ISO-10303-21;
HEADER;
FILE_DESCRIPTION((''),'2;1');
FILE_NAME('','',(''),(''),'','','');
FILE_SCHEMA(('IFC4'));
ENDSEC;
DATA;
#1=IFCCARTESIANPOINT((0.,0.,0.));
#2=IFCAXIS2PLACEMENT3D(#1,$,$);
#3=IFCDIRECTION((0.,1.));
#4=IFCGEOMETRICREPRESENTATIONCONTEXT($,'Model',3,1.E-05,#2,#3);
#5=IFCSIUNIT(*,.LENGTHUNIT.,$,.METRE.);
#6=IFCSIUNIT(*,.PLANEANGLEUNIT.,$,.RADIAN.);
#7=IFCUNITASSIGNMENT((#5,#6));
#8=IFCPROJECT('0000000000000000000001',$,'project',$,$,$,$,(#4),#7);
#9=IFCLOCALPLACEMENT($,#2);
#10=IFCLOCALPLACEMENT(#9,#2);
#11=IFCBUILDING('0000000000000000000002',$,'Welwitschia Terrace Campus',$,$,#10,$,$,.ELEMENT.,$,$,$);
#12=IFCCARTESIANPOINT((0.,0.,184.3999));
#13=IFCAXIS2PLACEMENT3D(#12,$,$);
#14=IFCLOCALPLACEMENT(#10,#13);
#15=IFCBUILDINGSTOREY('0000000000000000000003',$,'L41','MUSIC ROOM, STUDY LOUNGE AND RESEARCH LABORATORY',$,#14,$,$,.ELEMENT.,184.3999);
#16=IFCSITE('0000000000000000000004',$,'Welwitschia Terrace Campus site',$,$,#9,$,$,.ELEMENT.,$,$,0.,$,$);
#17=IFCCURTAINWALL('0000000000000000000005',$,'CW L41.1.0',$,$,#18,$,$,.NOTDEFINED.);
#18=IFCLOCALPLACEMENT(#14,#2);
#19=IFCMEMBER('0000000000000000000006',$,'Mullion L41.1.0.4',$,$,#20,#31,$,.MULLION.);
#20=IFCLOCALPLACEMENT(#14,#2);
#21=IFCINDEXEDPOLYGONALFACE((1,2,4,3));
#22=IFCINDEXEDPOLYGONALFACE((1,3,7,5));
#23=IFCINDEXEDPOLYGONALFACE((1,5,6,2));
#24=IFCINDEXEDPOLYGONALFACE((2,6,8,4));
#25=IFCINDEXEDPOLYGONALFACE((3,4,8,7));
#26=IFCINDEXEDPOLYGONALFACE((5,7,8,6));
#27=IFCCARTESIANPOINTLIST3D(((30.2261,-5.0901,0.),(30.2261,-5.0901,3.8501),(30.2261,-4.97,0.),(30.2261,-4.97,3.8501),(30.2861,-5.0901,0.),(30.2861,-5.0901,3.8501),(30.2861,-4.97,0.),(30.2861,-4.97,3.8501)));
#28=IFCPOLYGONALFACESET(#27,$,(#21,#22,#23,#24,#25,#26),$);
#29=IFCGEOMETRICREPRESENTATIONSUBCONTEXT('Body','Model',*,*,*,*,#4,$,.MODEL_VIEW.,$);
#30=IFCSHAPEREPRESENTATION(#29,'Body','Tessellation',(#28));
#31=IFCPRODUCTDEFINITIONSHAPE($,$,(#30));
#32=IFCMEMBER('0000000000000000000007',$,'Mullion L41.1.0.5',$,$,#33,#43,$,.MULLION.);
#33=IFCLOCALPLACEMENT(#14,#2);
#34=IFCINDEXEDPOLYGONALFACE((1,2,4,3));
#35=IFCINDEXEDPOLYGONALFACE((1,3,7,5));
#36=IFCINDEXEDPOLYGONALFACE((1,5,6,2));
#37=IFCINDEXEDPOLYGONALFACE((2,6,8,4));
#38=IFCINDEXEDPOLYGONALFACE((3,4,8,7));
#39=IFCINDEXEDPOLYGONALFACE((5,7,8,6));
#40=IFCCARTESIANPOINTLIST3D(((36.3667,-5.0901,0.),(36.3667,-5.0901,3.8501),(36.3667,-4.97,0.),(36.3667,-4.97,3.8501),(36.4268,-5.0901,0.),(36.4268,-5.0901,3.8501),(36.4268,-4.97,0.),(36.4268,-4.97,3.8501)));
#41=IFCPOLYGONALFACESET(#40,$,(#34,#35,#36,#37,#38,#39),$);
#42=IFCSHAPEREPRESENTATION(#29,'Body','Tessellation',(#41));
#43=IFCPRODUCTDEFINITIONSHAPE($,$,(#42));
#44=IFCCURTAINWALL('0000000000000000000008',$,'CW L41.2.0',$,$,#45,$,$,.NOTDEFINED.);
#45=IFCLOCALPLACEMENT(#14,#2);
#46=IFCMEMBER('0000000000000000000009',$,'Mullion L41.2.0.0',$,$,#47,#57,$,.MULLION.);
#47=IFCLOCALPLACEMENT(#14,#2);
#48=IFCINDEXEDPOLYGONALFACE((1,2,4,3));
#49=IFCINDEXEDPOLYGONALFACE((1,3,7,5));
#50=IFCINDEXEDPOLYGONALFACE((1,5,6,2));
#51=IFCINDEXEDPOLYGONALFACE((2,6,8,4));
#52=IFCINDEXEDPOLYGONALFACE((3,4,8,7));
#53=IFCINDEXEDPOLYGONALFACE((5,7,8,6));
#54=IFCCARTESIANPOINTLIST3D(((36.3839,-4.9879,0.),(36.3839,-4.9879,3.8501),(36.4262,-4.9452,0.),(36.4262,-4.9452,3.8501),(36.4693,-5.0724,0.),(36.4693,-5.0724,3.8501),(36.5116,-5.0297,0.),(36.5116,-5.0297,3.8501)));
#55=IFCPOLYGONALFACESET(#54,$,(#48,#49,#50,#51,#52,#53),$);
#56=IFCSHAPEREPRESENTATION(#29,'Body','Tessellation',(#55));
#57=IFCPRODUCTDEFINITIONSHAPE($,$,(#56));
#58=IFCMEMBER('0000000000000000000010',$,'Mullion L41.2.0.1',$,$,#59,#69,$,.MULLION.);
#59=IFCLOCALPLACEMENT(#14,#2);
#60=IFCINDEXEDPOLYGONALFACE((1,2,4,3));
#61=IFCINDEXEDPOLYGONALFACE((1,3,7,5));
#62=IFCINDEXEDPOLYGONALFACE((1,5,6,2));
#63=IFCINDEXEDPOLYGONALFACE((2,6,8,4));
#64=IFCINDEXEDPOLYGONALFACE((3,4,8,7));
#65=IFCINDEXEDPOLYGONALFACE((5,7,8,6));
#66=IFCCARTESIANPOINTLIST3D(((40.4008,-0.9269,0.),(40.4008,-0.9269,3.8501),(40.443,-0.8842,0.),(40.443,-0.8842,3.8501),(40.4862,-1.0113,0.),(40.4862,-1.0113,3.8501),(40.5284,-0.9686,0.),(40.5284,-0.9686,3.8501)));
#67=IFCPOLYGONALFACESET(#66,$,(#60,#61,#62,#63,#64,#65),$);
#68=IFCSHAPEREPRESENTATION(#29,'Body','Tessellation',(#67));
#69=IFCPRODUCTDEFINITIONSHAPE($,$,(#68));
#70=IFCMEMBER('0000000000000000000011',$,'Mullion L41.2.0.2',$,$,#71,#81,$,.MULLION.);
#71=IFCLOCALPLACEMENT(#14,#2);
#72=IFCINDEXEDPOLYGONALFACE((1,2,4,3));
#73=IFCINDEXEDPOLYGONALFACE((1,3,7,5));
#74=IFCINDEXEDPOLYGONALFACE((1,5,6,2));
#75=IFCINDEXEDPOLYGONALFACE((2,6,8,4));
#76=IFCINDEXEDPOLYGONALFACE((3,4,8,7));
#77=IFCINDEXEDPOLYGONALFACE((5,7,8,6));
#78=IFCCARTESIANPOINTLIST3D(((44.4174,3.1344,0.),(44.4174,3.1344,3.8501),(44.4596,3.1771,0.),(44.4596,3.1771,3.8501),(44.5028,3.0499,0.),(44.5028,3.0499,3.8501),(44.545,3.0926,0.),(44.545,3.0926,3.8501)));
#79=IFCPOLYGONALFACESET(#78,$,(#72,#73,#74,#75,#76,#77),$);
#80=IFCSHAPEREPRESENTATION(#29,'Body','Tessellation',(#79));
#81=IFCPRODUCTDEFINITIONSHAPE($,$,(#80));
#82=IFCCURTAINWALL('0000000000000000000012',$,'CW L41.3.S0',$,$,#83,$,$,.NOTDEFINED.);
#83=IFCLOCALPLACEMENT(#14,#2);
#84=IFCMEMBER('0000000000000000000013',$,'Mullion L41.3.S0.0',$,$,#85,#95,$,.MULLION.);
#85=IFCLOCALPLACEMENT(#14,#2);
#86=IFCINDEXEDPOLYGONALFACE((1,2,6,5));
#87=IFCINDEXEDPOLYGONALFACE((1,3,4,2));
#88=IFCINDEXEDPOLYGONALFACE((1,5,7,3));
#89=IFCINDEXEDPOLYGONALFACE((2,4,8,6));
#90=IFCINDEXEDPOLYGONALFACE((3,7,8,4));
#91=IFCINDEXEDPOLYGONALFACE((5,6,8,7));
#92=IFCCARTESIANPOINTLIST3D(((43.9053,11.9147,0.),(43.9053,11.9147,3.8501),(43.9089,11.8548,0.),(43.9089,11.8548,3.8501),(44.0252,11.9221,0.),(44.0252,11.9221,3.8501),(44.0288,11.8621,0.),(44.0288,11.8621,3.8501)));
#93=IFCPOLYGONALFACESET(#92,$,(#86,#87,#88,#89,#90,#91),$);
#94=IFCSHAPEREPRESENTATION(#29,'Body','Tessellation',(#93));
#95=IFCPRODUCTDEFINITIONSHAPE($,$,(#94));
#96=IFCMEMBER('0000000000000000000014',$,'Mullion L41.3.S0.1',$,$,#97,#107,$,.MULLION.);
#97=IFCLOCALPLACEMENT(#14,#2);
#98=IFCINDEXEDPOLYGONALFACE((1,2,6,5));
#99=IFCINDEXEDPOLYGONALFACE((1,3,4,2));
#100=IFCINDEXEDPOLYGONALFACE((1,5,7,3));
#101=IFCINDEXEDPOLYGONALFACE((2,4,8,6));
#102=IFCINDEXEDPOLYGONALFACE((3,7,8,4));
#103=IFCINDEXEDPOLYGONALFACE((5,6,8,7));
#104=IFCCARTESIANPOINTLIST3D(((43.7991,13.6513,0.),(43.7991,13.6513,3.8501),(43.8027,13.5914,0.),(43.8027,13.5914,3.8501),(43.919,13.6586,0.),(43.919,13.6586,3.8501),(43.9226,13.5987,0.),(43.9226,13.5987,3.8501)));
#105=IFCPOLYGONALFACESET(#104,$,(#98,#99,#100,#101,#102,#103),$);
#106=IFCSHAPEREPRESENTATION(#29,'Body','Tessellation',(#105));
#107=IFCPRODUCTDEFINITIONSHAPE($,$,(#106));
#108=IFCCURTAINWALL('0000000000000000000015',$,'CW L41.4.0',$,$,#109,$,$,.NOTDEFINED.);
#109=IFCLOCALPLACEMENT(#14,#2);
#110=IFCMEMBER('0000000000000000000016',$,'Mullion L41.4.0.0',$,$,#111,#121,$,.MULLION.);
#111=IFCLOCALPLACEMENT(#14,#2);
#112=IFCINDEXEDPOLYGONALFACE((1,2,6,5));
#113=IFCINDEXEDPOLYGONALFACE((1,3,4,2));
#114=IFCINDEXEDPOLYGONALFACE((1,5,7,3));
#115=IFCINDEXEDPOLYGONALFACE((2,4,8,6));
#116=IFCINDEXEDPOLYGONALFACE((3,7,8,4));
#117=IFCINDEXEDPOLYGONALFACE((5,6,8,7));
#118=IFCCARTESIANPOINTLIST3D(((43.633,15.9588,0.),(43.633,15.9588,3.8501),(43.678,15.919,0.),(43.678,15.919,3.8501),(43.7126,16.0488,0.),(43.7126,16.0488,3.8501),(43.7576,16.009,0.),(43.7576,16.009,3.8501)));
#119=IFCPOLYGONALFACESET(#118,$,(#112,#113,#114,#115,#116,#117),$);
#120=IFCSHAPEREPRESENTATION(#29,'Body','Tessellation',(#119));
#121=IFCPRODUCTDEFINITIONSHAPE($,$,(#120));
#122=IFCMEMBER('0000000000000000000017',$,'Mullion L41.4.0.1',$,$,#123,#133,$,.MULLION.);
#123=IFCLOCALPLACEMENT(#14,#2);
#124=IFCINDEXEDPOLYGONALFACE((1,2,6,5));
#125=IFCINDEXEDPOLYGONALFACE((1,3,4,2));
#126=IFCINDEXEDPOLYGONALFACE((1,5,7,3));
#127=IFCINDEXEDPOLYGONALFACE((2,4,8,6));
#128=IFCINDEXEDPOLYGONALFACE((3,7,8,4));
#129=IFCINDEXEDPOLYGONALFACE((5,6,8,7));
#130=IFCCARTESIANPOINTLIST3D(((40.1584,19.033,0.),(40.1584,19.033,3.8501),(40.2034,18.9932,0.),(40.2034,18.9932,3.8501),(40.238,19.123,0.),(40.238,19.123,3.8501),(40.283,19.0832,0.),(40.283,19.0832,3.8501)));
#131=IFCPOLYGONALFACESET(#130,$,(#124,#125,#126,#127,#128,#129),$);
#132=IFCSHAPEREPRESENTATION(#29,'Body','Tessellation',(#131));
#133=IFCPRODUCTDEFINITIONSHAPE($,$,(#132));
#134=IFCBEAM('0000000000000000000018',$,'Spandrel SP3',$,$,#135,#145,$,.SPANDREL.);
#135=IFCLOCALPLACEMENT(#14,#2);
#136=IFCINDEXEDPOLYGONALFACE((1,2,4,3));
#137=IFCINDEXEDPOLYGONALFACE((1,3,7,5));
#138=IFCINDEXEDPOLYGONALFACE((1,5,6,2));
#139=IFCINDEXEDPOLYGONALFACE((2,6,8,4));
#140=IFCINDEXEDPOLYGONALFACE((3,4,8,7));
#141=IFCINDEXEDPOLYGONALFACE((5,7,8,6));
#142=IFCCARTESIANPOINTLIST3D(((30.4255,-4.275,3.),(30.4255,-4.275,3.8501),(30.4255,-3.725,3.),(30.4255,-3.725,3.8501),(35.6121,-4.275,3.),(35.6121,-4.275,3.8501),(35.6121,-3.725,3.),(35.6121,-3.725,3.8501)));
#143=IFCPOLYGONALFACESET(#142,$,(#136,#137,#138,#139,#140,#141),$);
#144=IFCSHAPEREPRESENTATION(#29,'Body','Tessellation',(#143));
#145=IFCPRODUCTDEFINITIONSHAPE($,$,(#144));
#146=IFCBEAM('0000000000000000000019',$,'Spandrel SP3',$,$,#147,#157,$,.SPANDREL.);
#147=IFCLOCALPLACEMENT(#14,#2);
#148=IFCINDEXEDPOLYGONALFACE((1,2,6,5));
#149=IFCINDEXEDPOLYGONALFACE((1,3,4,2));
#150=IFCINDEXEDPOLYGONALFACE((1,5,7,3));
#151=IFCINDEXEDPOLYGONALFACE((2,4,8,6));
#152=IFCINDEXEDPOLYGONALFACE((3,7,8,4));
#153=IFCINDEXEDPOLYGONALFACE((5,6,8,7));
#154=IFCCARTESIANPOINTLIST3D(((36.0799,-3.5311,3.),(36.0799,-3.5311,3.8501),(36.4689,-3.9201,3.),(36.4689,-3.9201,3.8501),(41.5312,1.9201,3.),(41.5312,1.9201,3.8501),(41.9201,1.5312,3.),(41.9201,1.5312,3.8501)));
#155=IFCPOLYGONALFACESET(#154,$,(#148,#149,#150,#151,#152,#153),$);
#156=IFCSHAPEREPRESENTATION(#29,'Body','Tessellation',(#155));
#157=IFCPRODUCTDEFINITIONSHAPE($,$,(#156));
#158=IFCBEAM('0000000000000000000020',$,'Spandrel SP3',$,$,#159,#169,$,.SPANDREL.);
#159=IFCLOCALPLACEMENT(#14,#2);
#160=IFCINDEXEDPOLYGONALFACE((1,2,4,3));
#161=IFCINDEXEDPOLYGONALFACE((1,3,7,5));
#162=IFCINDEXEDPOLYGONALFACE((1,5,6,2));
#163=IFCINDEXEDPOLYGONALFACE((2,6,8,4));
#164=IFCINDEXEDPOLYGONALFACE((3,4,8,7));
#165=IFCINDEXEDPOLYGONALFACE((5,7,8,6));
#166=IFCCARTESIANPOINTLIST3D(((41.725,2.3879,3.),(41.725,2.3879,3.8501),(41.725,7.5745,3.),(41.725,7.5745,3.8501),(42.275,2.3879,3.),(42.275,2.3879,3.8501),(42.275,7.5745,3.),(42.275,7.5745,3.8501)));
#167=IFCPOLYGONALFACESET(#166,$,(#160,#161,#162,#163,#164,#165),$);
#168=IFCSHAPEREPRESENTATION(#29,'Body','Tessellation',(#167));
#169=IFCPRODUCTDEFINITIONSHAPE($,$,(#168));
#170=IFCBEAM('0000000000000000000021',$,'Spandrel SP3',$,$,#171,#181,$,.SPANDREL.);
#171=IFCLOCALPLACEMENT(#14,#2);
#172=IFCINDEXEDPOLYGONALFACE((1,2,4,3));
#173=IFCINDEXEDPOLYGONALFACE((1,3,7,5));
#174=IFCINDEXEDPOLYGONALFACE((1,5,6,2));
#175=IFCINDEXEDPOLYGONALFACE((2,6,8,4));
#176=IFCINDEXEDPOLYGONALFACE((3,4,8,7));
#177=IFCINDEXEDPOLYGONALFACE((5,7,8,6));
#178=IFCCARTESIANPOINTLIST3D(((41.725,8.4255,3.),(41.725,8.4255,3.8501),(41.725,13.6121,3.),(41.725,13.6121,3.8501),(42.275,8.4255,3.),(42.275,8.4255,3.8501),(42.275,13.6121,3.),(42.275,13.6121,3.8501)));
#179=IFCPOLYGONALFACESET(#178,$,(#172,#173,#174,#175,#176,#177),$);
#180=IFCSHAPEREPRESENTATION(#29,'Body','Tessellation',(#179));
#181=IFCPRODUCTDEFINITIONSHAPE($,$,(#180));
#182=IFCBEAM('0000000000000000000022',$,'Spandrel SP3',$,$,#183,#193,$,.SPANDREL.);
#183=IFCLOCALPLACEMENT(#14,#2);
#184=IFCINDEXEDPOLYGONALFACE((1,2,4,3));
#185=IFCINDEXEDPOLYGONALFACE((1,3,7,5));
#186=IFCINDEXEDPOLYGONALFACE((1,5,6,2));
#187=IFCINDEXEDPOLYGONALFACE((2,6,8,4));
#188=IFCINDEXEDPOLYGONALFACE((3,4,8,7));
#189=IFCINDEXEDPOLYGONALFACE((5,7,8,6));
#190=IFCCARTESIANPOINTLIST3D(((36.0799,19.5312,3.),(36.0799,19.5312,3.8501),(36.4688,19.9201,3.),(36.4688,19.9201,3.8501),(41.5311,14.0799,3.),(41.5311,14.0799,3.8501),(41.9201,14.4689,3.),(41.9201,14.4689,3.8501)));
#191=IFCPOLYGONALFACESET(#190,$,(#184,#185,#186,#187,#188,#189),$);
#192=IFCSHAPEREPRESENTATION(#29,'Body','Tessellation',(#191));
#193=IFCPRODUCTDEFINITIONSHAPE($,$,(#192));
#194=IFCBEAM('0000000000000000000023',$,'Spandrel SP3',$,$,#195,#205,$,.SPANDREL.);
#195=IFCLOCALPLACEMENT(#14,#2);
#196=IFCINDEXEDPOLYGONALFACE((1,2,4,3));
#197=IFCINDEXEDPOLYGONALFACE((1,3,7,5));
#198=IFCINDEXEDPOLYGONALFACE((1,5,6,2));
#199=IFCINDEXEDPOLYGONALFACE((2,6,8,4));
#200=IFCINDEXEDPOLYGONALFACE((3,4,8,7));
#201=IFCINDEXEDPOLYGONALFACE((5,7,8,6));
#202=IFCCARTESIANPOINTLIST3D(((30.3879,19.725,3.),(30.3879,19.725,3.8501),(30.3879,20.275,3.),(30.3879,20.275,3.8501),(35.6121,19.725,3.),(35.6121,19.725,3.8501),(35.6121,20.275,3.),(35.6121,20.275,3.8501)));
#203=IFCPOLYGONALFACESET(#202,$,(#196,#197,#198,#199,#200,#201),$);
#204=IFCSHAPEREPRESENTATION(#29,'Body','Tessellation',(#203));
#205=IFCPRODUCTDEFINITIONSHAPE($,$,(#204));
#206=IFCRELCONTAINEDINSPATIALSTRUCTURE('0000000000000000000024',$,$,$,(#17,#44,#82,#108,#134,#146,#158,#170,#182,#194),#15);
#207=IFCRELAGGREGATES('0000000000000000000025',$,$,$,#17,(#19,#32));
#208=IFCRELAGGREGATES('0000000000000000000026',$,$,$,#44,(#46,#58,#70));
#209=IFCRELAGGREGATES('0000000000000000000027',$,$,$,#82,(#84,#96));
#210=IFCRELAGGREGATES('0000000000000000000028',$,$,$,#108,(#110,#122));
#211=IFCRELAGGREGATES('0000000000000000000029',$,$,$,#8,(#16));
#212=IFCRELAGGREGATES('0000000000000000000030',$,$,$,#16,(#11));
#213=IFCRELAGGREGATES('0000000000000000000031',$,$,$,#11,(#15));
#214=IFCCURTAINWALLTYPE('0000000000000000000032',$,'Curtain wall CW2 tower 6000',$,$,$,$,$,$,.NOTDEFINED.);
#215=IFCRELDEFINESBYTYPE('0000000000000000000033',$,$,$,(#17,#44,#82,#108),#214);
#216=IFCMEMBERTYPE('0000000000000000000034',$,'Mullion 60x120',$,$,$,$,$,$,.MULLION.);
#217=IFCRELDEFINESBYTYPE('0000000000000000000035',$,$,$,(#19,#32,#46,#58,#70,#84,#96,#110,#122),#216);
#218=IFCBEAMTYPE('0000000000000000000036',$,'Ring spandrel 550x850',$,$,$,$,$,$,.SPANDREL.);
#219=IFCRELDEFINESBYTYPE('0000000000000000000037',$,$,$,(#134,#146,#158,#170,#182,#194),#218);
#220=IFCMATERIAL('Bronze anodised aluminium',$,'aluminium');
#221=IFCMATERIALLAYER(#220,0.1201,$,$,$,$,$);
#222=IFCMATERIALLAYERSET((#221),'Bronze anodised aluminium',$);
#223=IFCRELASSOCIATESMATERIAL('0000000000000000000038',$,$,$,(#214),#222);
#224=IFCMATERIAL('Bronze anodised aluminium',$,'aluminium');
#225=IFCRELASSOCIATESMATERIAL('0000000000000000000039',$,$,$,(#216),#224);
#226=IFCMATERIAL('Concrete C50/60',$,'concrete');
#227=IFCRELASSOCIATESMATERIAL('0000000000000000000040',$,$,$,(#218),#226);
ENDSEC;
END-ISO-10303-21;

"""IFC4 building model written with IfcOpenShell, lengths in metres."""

from ifc_helpers import new_model, si_unit, direction, frame, origin, origin_2d, place, context, subcontext, project, spatial, rectangle, extrude, material, layer, layer_set, material_profile, profile_set, type_object, element, aggregate, save


model = new_model("IFC4")

# Units and contexts
model_context = context("Model", 3, precision=1e-05, world=origin(), true_north=direction((0.0, 1.0)))
body_context = subcontext(model_context, "Body", "Model", "MODEL_VIEW")
ifc_project = project(units=[si_unit("LENGTHUNIT", "METRE"), si_unit("PLANEANGLEUNIT", "RADIAN")], contexts=[model_context])

# Site, building, storey
site_placement = place(None, origin())
site = spatial("IfcSite", under=ifc_project, at=site_placement, Name="Welwitschia Terrace Campus site", CompositionType="ELEMENT", RefElevation=0.0)
building_placement = place(site_placement, origin())
building = spatial("IfcBuilding", under=site, at=building_placement, Name="Welwitschia Terrace Campus", CompositionType="ELEMENT")
storey_placement = place(building_placement, frame((0.0, 0.0, 184.3999)))
storey = spatial("IfcBuildingStorey", under=building, at=storey_placement, Name="L41", Description="MUSIC ROOM, STUDY LOUNGE AND RESEARCH LABORATORY", CompositionType="ELEMENT", Elevation=184.3999)

# Curtain walls, members
ifc_material_1 = material(Name="Bronze anodised aluminium", Category="aluminium")
ifc_layer_1 = layer(ifc_material_1, 0.1201)
ifc_layer_set_1 = layer_set([ifc_layer_1], Name="Bronze anodised aluminium")
curtain_wall_type = type_object("IfcCurtainWallType", Name="Curtain wall CW2 tower 6000", PredefinedType="NOTDEFINED", material=ifc_layer_set_1)
curtain_wall_1_placement = place(storey_placement, origin())
curtain_wall_1 = element("IfcCurtainWall", 1, at=curtain_wall_1_placement, inside=storey, type_object=curtain_wall_type, Name="CW L41.1.0", PredefinedType="NOTDEFINED")
ifc_material_2 = material(Name="Bronze anodised aluminium", Category="aluminium")
ifc_material_profile_1 = material_profile(ifc_material_2, rectangle(XDim=0.1201, YDim=0.0601, at=origin_2d()))
ifc_profile_set_1 = profile_set([ifc_material_profile_1], Name="Bronze anodised aluminium")
member_type_1 = type_object("IfcMemberType", Name="Mullion 60x120", PredefinedType="MULLION", material=ifc_profile_set_1)
member_1_placement = place(storey_placement, frame((30.2561, -5.03, 0.0), z_axis=(0.0, 0.0, 1.0), x_axis=(0.0, 1.0, 0.0)))
member_1 = element("IfcMember", 2, at=member_1_placement, type_object=member_type_1, Name="Mullion L41.1.0.4", PredefinedType="MULLION", context=body_context, shape_type="SweptSolid", body=[
    extrude(rectangle(XDim=0.1201, YDim=0.0601, at=origin_2d()), origin(), (0.0, 0.0, 1.0), 3.8501),
])
member_2_placement = place(storey_placement, frame((36.3967, -5.03, 0.0), z_axis=(0.0, 0.0, 1.0), x_axis=(0.0, 1.0, 0.0)))
member_2 = element("IfcMember", 3, at=member_2_placement, type_object=member_type_1, Name="Mullion L41.1.0.5", PredefinedType="MULLION", context=body_context, shape_type="SweptSolid", body=[
    extrude(rectangle(XDim=0.1201, YDim=0.0601, at=origin_2d()), origin(), (0.0, 0.0, 1.0), 3.8501),
])
curtain_wall_2_placement = place(storey_placement, origin())
curtain_wall_2 = element("IfcCurtainWall", 4, at=curtain_wall_2_placement, inside=storey, type_object=curtain_wall_type, Name="CW L41.2.0", PredefinedType="NOTDEFINED")
member_3_placement = place(storey_placement, frame((36.4478, -5.0088, 0.0), z_axis=(0.0, 0.0, 1.0), x_axis=(-0.710972, 0.70322, 0.0)))
member_3 = element("IfcMember", 5, at=member_3_placement, type_object=member_type_1, Name="Mullion L41.2.0.0", PredefinedType="MULLION", context=body_context, shape_type="SweptSolid", body=[
    extrude(rectangle(XDim=0.1201, YDim=0.0601, at=origin_2d()), origin(), (0.0, 0.0, 1.0), 3.8501),
])
member_4_placement = place(storey_placement, frame((40.4646, -0.9478, 0.0), z_axis=(0.0, 0.0, 1.0), x_axis=(-0.710972, 0.70322, 0.0)))
member_4 = element("IfcMember", 6, at=member_4_placement, type_object=member_type_1, Name="Mullion L41.2.0.1", PredefinedType="MULLION", context=body_context, shape_type="SweptSolid", body=[
    extrude(rectangle(XDim=0.1201, YDim=0.0601, at=origin_2d()), origin(), (0.0, 0.0, 1.0), 3.8501),
])
member_5_placement = place(storey_placement, frame((44.4812, 3.1135, 0.0), z_axis=(0.0, 0.0, 1.0), x_axis=(-0.710972, 0.70322, 0.0)))
member_5 = element("IfcMember", 7, at=member_5_placement, type_object=member_type_1, Name="Mullion L41.2.0.2", PredefinedType="MULLION", context=body_context, shape_type="SweptSolid", body=[
    extrude(rectangle(XDim=0.1201, YDim=0.0601, at=origin_2d()), origin(), (0.0, 0.0, 1.0), 3.8501),
])
curtain_wall_3_placement = place(storey_placement, origin())
curtain_wall_3 = element("IfcCurtainWall", 8, at=curtain_wall_3_placement, inside=storey, type_object=curtain_wall_type, Name="CW L41.3.S0", PredefinedType="NOTDEFINED")
member_6_placement = place(storey_placement, frame((43.967, 11.8884, 0.0), z_axis=(0.0, 0.0, 1.0), x_axis=(-0.998135, -0.061049, 0.0)))
member_6 = element("IfcMember", 9, at=member_6_placement, type_object=member_type_1, Name="Mullion L41.3.S0.0", PredefinedType="MULLION", context=body_context, shape_type="SweptSolid", body=[
    extrude(rectangle(XDim=0.1201, YDim=0.0601, at=origin_2d()), origin(), (0.0, 0.0, 1.0), 3.8501),
])
member_7_placement = place(storey_placement, frame((43.8608, 13.625, 0.0), z_axis=(0.0, 0.0, 1.0), x_axis=(-0.998135, -0.061049, 0.0)))
member_7 = element("IfcMember", 10, at=member_7_placement, type_object=member_type_1, Name="Mullion L41.3.S0.1", PredefinedType="MULLION", context=body_context, shape_type="SweptSolid", body=[
    extrude(rectangle(XDim=0.1201, YDim=0.0601, at=origin_2d()), origin(), (0.0, 0.0, 1.0), 3.8501),
])
curtain_wall_4_placement = place(storey_placement, origin())
curtain_wall_4 = element("IfcCurtainWall", 11, at=curtain_wall_4_placement, inside=storey, type_object=curtain_wall_type, Name="CW L41.4.0", PredefinedType="NOTDEFINED")
member_8_placement = place(storey_placement, frame((43.6953, 15.9839, 0.0), z_axis=(0.0, 0.0, 1.0), x_axis=(-0.66262, -0.748956, 0.0)))
member_8 = element("IfcMember", 12, at=member_8_placement, type_object=member_type_1, Name="Mullion L41.4.0.0", PredefinedType="MULLION", context=body_context, shape_type="SweptSolid", body=[
    extrude(rectangle(XDim=0.1201, YDim=0.0601, at=origin_2d()), origin(), (0.0, 0.0, 1.0), 3.8501),
])
member_9_placement = place(storey_placement, frame((40.2207, 19.0581, 0.0), z_axis=(0.0, 0.0, 1.0), x_axis=(-0.66262, -0.748956, 0.0)))
member_9 = element("IfcMember", 13, at=member_9_placement, type_object=member_type_1, Name="Mullion L41.4.0.1", PredefinedType="MULLION", context=body_context, shape_type="SweptSolid", body=[
    extrude(rectangle(XDim=0.1201, YDim=0.0601, at=origin_2d()), origin(), (0.0, 0.0, 1.0), 3.8501),
])

# Beams
ifc_material_3 = material(Name="Concrete C50/60", Category="concrete")
ifc_material_profile_2 = material_profile(ifc_material_3, rectangle(XDim=0.55, YDim=0.8501, at=origin_2d()))
ifc_profile_set_2 = profile_set([ifc_material_profile_2], Name="Concrete C50/60")
beam_type_1 = type_object("IfcBeamType", Name="Ring spandrel 550x850", PredefinedType="SPANDREL", material=ifc_profile_set_2)
beam_1_placement = place(storey_placement, frame((30.4255, -4.0, 3.425), z_axis=(1.0, 0.0, 0.0), x_axis=(0.0, 1.0, 0.0)))
element("IfcBeam", 14, at=beam_1_placement, inside=storey, type_object=beam_type_1, Name="Spandrel SP3", PredefinedType="SPANDREL", context=body_context, shape_type="SweptSolid", body=[
    extrude(rectangle(XDim=0.55, YDim=0.8501, at=origin_2d()), origin(), (0.0, 0.0, 1.0), 5.1865),
])
beam_2_placement = place(storey_placement, frame((36.2744, -3.7256, 3.425), z_axis=(0.707107, 0.707107, 0.0), x_axis=(-0.707107, 0.707107, 0.0)))
element("IfcBeam", 15, at=beam_2_placement, inside=storey, type_object=beam_type_1, Name="Spandrel SP3", PredefinedType="SPANDREL", context=body_context, shape_type="SweptSolid", body=[
    extrude(rectangle(XDim=0.55, YDim=0.8501, at=origin_2d()), origin(), (0.0, 0.0, 1.0), 7.7092),
])
for number, where, z_axis, x_axis, name in (
    (16, (42.0, 2.3879, 3.425), (0.0, 1.0, 0.0), (-1.0, 0.0, 0.0), "Spandrel SP3"),
    (17, (42.0, 8.4255, 3.425), (0.0, 1.0, 0.0), (-1.0, 0.0, 0.0), "Spandrel SP3"),
):
    element("IfcBeam", number, at=place(storey_placement, frame(where, z_axis=z_axis, x_axis=x_axis)), inside=storey, type_object=beam_type_1, Name=name, PredefinedType="SPANDREL", context=body_context, shape_type="SweptSolid", body=[
        extrude(rectangle(XDim=0.55, YDim=0.8501, at=origin_2d()), origin(), (0.0, 0.0, 1.0), 5.1865),
    ])
beam_3_placement = place(storey_placement, frame((41.7256, 14.2744, 3.425), z_axis=(-0.707107, 0.707107, 0.0), x_axis=(-0.707107, -0.707107, 0.0)))
element("IfcBeam", 18, at=beam_3_placement, inside=storey, type_object=beam_type_1, Name="Spandrel SP3", PredefinedType="SPANDREL", context=body_context, shape_type="SweptSolid", body=[
    extrude(rectangle(XDim=0.55, YDim=0.8501, at=origin_2d()), origin(), (0.0, 0.0, 1.0), 7.7092),
])
beam_4_placement = place(storey_placement, frame((35.6121, 20.0, 3.425), z_axis=(-1.0, 0.0, 0.0), x_axis=(0.0, -1.0, 0.0)))
element("IfcBeam", 19, at=beam_4_placement, inside=storey, type_object=beam_type_1, Name="Spandrel SP3", PredefinedType="SPANDREL", context=body_context, shape_type="SweptSolid", body=[
    extrude(rectangle(XDim=0.55, YDim=0.8501, at=origin_2d()), origin(), (0.0, 0.0, 1.0), 5.2241),
])

aggregate(curtain_wall_1, [member_1, member_2])
aggregate(curtain_wall_2, [member_3, member_4, member_5])
aggregate(curtain_wall_3, [member_6, member_7])
aggregate(curtain_wall_4, [member_8, member_9])

save(model, "model.ifc")
